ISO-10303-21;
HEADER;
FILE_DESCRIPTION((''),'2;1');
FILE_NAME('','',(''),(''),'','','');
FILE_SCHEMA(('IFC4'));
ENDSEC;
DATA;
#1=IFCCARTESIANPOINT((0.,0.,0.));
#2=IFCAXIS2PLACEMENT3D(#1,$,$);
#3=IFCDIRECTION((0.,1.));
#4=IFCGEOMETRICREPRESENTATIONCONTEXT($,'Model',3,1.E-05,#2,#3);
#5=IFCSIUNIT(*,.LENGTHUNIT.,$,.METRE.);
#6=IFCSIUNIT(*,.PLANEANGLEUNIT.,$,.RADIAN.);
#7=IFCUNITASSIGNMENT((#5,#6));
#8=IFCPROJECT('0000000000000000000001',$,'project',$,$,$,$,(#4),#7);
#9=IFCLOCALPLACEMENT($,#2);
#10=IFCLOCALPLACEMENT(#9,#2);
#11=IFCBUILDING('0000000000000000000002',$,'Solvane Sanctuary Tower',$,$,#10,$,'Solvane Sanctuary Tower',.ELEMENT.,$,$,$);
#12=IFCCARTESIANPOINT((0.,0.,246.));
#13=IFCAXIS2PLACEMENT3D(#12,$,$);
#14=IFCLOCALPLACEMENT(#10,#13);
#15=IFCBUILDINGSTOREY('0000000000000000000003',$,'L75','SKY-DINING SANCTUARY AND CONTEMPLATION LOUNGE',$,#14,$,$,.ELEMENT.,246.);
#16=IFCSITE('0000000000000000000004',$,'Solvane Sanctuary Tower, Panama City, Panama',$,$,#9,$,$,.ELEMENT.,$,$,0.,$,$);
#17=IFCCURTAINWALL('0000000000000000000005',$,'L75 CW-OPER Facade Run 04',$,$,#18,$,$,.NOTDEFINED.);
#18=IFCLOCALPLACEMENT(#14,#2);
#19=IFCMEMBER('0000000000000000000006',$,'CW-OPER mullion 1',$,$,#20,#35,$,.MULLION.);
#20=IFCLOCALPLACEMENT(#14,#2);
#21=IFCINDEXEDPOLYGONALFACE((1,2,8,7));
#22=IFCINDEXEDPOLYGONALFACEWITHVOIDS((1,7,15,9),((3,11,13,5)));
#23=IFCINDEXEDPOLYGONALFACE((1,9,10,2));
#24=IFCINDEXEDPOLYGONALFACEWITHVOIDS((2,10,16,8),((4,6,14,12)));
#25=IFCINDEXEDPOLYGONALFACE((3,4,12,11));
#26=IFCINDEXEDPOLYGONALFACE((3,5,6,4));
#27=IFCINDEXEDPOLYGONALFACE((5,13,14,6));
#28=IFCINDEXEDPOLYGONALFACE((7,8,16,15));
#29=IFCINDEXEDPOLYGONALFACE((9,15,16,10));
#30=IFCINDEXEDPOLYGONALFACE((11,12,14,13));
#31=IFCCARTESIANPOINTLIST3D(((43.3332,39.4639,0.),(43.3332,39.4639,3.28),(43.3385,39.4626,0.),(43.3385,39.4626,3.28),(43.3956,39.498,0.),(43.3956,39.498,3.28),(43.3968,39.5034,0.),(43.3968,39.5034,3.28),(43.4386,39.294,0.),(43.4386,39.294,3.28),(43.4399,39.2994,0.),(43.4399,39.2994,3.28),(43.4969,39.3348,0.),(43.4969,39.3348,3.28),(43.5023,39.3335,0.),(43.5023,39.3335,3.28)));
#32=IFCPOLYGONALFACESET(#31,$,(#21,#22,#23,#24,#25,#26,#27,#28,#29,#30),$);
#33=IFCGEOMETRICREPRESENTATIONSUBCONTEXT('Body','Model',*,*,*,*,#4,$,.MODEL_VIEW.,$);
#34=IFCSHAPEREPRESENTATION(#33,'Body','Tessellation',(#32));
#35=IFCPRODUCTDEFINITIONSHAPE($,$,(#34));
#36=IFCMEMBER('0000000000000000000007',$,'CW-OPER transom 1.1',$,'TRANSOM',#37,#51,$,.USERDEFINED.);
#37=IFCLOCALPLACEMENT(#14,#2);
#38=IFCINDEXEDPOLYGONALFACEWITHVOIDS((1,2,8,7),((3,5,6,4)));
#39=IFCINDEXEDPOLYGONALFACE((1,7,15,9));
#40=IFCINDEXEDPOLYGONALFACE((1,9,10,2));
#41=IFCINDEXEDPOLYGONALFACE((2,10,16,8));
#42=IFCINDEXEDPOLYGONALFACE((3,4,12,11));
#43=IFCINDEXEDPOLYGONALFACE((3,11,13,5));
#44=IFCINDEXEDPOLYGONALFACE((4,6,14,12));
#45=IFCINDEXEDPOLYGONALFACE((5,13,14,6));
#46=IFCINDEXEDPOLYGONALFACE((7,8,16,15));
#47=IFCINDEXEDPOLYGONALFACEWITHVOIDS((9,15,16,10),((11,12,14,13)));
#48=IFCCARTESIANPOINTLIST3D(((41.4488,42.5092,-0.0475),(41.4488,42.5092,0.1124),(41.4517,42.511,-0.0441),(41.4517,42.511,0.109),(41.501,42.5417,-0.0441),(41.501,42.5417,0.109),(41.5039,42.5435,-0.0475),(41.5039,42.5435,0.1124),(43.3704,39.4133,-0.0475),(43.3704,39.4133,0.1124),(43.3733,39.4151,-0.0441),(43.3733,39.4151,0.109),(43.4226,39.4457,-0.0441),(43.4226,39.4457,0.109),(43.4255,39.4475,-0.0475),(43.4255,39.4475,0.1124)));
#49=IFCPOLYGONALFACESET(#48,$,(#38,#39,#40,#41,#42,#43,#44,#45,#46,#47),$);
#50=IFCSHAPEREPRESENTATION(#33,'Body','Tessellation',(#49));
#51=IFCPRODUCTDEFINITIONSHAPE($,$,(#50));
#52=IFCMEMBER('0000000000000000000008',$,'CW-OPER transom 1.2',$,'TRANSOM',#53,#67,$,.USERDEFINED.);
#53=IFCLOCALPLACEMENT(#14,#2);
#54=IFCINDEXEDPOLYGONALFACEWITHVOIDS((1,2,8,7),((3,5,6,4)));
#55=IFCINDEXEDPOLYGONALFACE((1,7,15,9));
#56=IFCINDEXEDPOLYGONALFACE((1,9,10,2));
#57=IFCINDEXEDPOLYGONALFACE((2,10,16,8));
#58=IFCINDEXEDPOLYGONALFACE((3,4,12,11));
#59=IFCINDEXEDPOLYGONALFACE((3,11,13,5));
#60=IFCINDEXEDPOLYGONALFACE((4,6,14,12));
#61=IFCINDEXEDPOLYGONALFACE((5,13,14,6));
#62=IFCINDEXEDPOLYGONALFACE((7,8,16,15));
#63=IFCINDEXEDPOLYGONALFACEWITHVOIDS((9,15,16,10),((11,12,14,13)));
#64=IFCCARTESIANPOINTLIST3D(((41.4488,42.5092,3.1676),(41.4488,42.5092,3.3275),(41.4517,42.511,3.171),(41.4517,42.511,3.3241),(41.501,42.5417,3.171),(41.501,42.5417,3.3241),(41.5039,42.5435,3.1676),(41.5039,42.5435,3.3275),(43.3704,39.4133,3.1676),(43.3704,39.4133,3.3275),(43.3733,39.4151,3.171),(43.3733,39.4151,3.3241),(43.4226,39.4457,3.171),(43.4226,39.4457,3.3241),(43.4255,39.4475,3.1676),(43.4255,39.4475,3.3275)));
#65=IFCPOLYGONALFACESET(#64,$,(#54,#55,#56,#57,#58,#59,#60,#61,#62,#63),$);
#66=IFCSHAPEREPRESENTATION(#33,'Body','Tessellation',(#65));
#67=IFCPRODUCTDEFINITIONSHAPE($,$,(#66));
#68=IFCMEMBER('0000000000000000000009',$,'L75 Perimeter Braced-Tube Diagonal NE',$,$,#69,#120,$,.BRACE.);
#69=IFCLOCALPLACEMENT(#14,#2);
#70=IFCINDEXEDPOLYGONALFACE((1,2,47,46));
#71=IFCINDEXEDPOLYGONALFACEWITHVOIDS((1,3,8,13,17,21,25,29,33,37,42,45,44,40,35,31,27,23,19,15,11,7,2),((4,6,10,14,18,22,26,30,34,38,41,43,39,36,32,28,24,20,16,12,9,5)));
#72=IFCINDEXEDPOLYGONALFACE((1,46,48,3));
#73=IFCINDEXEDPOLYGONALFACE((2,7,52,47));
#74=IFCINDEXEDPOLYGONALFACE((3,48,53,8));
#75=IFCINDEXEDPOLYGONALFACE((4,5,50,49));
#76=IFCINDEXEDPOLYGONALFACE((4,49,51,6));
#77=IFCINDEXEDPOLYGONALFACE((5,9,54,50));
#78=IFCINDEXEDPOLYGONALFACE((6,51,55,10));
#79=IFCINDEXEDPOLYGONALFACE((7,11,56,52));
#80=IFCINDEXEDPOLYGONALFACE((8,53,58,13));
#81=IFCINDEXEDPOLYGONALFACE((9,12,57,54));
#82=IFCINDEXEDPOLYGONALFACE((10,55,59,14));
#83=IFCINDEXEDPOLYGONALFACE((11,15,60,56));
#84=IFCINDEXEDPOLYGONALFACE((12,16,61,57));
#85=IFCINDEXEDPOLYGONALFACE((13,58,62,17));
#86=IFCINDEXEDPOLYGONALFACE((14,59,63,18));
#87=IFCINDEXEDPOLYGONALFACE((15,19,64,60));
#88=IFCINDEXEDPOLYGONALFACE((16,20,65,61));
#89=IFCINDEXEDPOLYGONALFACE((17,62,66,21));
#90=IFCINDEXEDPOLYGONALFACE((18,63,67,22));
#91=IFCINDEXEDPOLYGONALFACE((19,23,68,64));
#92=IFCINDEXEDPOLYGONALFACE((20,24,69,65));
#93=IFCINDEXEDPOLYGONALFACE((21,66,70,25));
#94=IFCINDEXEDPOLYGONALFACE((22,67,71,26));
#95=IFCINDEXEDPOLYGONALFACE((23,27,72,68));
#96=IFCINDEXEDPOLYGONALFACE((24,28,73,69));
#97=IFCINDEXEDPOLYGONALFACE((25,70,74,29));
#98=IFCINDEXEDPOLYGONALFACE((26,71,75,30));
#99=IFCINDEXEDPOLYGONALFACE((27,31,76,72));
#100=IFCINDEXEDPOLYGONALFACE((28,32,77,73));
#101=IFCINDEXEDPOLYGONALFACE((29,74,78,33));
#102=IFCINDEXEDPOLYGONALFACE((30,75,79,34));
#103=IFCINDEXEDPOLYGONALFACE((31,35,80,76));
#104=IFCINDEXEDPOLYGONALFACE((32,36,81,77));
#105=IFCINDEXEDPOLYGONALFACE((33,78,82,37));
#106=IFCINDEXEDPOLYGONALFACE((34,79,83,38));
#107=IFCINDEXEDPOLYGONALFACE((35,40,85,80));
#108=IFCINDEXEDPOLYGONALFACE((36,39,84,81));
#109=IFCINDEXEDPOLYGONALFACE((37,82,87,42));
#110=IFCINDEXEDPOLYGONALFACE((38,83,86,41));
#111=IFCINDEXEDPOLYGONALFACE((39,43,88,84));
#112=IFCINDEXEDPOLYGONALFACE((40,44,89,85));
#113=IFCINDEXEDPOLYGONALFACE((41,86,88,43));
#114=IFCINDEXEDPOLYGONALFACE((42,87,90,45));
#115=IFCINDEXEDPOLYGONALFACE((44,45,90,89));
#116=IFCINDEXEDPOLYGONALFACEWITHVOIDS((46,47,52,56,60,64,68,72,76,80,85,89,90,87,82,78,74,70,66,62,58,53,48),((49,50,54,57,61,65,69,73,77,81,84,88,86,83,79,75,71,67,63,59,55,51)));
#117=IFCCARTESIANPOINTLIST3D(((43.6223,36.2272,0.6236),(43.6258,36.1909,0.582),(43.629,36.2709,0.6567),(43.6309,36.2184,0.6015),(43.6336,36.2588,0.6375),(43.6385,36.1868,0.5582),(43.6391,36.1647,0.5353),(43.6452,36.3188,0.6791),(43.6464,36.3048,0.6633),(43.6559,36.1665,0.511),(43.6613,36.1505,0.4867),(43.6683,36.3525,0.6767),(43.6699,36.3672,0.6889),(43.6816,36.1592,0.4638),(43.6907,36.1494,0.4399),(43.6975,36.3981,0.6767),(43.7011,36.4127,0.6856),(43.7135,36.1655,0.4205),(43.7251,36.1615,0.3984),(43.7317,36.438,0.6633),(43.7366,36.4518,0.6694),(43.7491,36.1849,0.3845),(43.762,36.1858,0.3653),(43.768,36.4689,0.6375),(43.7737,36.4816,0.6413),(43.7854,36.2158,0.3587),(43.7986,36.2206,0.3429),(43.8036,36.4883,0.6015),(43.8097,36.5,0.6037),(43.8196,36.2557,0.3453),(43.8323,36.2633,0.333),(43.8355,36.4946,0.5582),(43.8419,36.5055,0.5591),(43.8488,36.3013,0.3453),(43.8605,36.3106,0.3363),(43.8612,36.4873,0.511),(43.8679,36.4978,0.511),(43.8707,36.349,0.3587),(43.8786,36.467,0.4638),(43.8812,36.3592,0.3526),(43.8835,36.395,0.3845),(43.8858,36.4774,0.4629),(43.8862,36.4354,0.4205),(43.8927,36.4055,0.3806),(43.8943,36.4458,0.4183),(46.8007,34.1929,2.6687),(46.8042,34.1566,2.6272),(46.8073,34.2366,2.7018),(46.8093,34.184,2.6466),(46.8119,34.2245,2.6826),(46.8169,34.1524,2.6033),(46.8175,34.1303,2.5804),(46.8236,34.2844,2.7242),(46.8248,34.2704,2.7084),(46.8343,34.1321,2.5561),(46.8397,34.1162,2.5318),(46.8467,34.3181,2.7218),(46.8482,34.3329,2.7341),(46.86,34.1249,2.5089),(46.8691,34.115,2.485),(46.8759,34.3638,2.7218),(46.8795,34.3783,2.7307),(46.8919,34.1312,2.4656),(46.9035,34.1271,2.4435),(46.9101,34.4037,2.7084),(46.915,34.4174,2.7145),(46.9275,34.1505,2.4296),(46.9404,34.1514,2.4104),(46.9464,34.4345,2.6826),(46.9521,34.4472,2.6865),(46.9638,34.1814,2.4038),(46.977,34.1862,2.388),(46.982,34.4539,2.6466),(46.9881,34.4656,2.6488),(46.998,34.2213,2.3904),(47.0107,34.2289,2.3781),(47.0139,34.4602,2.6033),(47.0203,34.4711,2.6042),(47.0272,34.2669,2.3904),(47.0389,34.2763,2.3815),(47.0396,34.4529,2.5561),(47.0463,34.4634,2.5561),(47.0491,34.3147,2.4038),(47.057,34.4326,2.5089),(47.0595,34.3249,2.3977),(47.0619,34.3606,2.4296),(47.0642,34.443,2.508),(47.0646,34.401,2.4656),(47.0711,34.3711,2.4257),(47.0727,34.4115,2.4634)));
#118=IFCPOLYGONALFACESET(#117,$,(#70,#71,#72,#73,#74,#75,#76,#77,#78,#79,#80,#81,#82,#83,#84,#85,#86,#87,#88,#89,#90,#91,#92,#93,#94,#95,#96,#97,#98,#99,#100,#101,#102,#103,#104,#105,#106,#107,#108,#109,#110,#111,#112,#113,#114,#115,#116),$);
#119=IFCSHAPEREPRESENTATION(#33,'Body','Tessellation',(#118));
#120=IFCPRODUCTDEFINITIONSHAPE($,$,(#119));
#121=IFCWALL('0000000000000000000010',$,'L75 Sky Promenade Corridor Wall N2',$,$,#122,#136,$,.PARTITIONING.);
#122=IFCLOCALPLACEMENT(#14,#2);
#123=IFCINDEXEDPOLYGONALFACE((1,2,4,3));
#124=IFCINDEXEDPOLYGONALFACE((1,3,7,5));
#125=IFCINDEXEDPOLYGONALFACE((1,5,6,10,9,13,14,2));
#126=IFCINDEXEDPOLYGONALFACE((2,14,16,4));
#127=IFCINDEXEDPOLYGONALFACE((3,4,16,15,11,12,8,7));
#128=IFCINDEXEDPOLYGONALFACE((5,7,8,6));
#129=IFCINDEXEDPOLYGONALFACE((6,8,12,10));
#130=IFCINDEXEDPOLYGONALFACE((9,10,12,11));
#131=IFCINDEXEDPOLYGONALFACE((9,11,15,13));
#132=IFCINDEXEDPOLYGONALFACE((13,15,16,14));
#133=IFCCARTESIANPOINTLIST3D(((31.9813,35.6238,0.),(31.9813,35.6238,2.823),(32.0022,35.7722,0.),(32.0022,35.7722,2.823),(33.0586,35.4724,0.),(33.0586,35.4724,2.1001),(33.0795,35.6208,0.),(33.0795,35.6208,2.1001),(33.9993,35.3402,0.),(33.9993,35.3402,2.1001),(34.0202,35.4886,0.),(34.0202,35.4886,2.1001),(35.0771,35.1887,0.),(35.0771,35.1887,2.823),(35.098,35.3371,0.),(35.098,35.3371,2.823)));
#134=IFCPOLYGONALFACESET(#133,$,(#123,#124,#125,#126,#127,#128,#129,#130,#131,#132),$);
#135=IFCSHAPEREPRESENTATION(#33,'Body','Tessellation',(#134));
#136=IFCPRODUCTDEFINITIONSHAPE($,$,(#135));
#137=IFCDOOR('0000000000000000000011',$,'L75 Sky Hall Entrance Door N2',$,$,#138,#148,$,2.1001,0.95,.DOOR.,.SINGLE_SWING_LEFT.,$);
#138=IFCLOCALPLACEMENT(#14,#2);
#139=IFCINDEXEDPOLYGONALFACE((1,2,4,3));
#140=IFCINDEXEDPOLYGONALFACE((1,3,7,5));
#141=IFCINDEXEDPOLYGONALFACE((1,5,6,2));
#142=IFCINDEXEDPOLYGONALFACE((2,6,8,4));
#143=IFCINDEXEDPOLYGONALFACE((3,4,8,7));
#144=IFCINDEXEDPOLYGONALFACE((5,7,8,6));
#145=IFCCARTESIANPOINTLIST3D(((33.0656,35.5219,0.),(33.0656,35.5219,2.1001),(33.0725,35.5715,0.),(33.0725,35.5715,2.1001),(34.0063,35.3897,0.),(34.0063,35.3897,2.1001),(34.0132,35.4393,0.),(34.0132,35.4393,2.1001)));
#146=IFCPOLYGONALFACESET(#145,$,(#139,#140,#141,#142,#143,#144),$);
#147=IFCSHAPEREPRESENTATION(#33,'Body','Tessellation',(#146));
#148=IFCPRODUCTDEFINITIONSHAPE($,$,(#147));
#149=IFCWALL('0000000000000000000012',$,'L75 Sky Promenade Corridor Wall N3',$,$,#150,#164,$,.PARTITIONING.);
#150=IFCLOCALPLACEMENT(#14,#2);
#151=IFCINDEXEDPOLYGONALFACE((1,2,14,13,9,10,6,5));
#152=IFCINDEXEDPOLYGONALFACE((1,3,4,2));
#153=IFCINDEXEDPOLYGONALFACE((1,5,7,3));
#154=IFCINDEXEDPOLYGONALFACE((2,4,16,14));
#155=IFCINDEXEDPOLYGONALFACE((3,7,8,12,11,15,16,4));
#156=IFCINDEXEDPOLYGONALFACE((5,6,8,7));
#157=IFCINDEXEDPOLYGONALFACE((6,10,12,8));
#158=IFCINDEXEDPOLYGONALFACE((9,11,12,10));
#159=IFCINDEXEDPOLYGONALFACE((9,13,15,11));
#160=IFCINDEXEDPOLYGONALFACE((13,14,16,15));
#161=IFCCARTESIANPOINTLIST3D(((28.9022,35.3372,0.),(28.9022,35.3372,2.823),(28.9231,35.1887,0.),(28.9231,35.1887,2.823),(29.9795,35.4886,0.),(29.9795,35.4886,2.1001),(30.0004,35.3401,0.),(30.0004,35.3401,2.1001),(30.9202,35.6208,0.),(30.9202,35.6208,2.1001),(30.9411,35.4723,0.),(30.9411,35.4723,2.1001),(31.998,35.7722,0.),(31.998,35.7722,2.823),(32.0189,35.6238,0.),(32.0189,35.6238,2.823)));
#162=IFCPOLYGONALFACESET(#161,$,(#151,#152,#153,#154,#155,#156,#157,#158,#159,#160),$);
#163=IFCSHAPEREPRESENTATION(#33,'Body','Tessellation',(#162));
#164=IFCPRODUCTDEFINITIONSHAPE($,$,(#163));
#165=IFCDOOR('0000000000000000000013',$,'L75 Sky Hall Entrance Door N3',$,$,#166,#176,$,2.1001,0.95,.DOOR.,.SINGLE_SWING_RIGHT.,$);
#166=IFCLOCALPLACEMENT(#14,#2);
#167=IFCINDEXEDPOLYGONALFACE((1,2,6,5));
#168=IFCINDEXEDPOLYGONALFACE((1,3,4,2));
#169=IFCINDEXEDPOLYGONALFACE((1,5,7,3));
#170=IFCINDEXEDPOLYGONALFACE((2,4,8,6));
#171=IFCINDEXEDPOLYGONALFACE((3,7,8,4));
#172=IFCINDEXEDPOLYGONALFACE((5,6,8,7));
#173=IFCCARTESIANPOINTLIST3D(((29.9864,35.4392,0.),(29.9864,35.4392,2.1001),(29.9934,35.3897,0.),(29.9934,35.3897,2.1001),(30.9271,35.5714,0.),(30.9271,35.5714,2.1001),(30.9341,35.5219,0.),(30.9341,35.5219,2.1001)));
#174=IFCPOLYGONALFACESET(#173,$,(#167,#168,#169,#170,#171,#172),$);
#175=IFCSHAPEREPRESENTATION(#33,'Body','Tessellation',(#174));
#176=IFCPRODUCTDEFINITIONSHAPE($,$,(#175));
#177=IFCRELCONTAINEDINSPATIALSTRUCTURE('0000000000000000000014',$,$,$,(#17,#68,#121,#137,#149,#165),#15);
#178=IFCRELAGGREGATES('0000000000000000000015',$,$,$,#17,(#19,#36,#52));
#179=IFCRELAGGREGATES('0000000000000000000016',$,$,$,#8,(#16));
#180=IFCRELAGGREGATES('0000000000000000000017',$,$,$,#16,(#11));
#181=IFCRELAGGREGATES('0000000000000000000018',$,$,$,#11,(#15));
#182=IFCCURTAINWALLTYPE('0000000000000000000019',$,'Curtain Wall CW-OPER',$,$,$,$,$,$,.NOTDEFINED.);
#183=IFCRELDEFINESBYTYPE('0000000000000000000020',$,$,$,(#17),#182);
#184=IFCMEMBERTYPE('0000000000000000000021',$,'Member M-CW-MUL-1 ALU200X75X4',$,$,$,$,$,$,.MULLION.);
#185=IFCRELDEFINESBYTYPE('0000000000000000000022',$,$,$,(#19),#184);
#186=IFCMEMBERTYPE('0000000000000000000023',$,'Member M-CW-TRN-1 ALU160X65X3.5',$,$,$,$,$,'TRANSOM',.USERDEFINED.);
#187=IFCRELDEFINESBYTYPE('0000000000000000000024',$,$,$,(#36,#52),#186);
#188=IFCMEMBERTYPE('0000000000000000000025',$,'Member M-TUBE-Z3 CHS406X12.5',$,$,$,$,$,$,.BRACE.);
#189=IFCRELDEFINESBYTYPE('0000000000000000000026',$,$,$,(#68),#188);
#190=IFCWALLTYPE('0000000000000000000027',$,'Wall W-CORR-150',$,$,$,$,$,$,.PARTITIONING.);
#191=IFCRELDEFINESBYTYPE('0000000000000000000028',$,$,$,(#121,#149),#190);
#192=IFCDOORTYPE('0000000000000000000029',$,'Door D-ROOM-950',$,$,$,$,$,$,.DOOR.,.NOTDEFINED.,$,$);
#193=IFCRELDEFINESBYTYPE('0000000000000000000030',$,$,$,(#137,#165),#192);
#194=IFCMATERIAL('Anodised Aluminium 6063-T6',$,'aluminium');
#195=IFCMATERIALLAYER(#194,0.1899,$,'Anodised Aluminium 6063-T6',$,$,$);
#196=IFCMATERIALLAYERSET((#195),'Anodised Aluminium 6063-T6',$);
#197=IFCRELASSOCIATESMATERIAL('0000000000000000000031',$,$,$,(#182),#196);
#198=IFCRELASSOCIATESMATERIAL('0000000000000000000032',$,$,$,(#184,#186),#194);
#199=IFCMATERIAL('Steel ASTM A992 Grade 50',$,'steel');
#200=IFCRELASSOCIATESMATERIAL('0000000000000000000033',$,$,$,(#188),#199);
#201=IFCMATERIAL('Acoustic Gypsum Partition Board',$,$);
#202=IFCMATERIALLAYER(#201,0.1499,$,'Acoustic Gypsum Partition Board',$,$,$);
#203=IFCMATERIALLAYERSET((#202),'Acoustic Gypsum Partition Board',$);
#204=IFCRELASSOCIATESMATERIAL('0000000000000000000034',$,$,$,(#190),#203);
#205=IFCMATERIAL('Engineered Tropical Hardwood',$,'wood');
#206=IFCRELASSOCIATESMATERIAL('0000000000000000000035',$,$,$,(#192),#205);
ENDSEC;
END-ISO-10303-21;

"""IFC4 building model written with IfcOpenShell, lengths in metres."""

from ifc_helpers import new_model, si_unit, direction, frame, frame_2d, origin, origin_2d, place, context, subcontext, project, spatial, rectangle, hollow_rectangle, hollow_circle, extrude, material, layer, layer_set, material_profile, profile_set, type_object, element, fill, aggregate, save


model = new_model("IFC4")

# Units and contexts
model_context = context("Model", 3, precision=1e-05, world=origin(), true_north=direction((0.0, 1.0)))
body_context = subcontext(model_context, "Body", "Model", "MODEL_VIEW")
ifc_project = project(units=[si_unit("LENGTHUNIT", "METRE"), si_unit("PLANEANGLEUNIT", "RADIAN")], contexts=[model_context])

# Site, building, storey
site_placement = place(None, origin())
site = spatial("IfcSite", under=ifc_project, at=site_placement, Name="Solvane Sanctuary Tower, Panama City, Panama", CompositionType="ELEMENT", RefElevation=0.0)
building_placement = place(site_placement, origin())
building = spatial("IfcBuilding", under=site, at=building_placement, Name="Solvane Sanctuary Tower", LongName="Solvane Sanctuary Tower", CompositionType="ELEMENT")
storey_placement = place(building_placement, frame((0.0, 0.0, 246.0)))
storey = spatial("IfcBuildingStorey", under=building, at=storey_placement, Name="L75", Description="SKY-DINING SANCTUARY AND CONTEMPLATION LOUNGE", CompositionType="ELEMENT", Elevation=246.0)

# Shared definitions
ifc_material_1 = material(Name="Steel ASTM A992 Grade 50", Category="steel")

# Curtain wall, members
ifc_material_2 = material(Name="Anodised Aluminium 6063-T6", Category="aluminium")
ifc_layer_1 = layer(ifc_material_2, 0.1899, Name="Anodised Aluminium 6063-T6")
ifc_layer_set_1 = layer_set([ifc_layer_1], Name="Anodised Aluminium 6063-T6")
curtain_wall_type = type_object("IfcCurtainWallType", Name="Curtain Wall CW-OPER", PredefinedType="NOTDEFINED", material=ifc_layer_set_1)
curtain_wall_placement = place(storey_placement, origin())
curtain_wall = element("IfcCurtainWall", 1, at=curtain_wall_placement, inside=storey, type_object=curtain_wall_type, Name="L75 CW-OPER Facade Run 04", PredefinedType="NOTDEFINED")
ifc_material_profile_1 = material_profile(ifc_material_2, hollow_rectangle(XDim=0.075, YDim=0.2, WallThickness=0.0039, at=origin_2d()), Name="ALU200X75X4")
ifc_profile_set_1 = profile_set([ifc_material_profile_1], Name="Anodised Aluminium 6063-T6")
member_type_1 = type_object("IfcMemberType", Name="Member M-CW-MUL-1 ALU200X75X4", PredefinedType="MULLION", material=ifc_profile_set_1)
member_1_placement = place(storey_placement, frame((43.4177, 39.3987, 0.0), z_axis=(0.0, 0.0, 1.0), x_axis=(-0.849622, -0.527392, 0.0)))
member_1 = element("IfcMember", 2, at=member_1_placement, type_object=member_type_1, Name="CW-OPER mullion 1", PredefinedType="MULLION", context=body_context, shape_type="SweptSolid", body=[
    extrude(hollow_rectangle(XDim=0.075, YDim=0.2, WallThickness=0.0039, at=origin_2d()), origin(), (0.0, 0.0, 1.0), 3.28),
])
ifc_material_profile_2 = material_profile(ifc_material_2, hollow_rectangle(XDim=0.0649, YDim=0.1599, WallThickness=0.0034, at=origin_2d()), Name="ALU160X65X3.5")
ifc_profile_set_2 = profile_set([ifc_material_profile_2], Name="Anodised Aluminium 6063-T6")
member_type_2 = type_object("IfcMemberType", Name="Member M-CW-TRN-1 ALU160X65X3.5", ElementType="TRANSOM", PredefinedType="USERDEFINED", material=ifc_profile_set_2)
member_2_placement = place(storey_placement, frame((43.3979, 39.4304, 0.0325), z_axis=(-0.527365, 0.849639, 0.0), x_axis=(-0.849639, -0.527365, 0.0)))
member_2 = element("IfcMember", 3, at=member_2_placement, type_object=member_type_2, Name="CW-OPER transom 1.1", ObjectType="TRANSOM", PredefinedType="USERDEFINED", context=body_context, shape_type="SweptSolid", body=[
    extrude(hollow_rectangle(XDim=0.0649, YDim=0.1599, WallThickness=0.0034, at=origin_2d()), origin(), (0.0, 0.0, 1.0), 3.6438),
])
member_3_placement = place(storey_placement, frame((43.3979, 39.4304, 3.2476), z_axis=(-0.527365, 0.849639, 0.0), x_axis=(-0.849639, -0.527365, 0.0)))
member_3 = element("IfcMember", 4, at=member_3_placement, type_object=member_type_2, Name="CW-OPER transom 1.2", ObjectType="TRANSOM", PredefinedType="USERDEFINED", context=body_context, shape_type="SweptSolid", body=[
    extrude(hollow_rectangle(XDim=0.0649, YDim=0.1599, WallThickness=0.0034, at=origin_2d()), origin(), (0.0, 0.0, 1.0), 3.6438),
])
aggregate(curtain_wall, [member_1, member_2, member_3])

# Member
ifc_material_profile_3 = material_profile(ifc_material_1, hollow_circle(Radius=0.2029, WallThickness=0.0125, at=origin_2d()), Name="CHS406X12.5")
ifc_profile_set_3 = profile_set([ifc_material_profile_3], Name="Steel ASTM A992 Grade 50")
member_type_3 = type_object("IfcMemberType", Name="Member M-TUBE-Z3 CHS406X12.5", PredefinedType="BRACE", material=ifc_profile_set_3)
member_4_placement = place(storey_placement, frame((43.7585, 36.3269, 0.511), z_axis=(0.740496, -0.473965, 0.476468), x_axis=(0.539092, 0.842247, 0.0)))
element("IfcMember", 5, at=member_4_placement, inside=storey, type_object=member_type_3, Name="L75 Perimeter Braced-Tube Diagonal NE", PredefinedType="BRACE", context=body_context, shape_type="SweptSolid", body=[
    extrude(hollow_circle(Radius=0.2029, WallThickness=0.0125, at=origin_2d()), origin(), (0.0, 0.0, 1.0), 4.2922),
])

# Walls, openings, doors
ifc_material_3 = material(Name="Acoustic Gypsum Partition Board")
ifc_layer_2 = layer(ifc_material_3, 0.1499, Name="Acoustic Gypsum Partition Board")
ifc_layer_set_2 = layer_set([ifc_layer_2], Name="Acoustic Gypsum Partition Board")
wall_type_1 = type_object("IfcWallType", Name="Wall W-CORR-150", PredefinedType="PARTITIONING", material=ifc_layer_set_2)
wall_1_placement = place(storey_placement, frame((35.0874, 35.2629, 0.0), z_axis=(0.0, 0.0, 1.0), x_axis=(-0.990269, 0.139169, 0.0)))
wall_1 = element("IfcWall", 6, at=wall_1_placement, inside=storey, type_object=wall_type_1, Name="L75 Sky Promenade Corridor Wall N2", PredefinedType="PARTITIONING", context=body_context, shape_type="SweptSolid", body=[
    extrude(rectangle(XDim=3.1262, YDim=0.1499, at=frame_2d((1.563, 0.0))), origin(), (0.0, 0.0, 1.0), 2.823),
])
opening_1_placement = place(wall_1_placement, frame((1.0881, 0.0, 0.0)))
opening_1 = element("IfcOpeningElement", 7, at=opening_1_placement, cuts=wall_1, PredefinedType="OPENING", context=body_context, shape_type="SweptSolid", body=[
    extrude(rectangle(XDim=0.95, YDim=2.1001, at=frame_2d((0.4751, 1.05))), frame((0.0, 0.085, 0.0), z_axis=(0.0, -1.0, 0.0), x_axis=(1.0, 0.0, 0.0)), (0.0, 0.0, 1.0), 0.1699),
])
ifc_material_4 = material(Name="Engineered Tropical Hardwood", Category="wood")
door_type = type_object("IfcDoorType", Name="Door D-ROOM-950", OperationType="NOTDEFINED", PredefinedType="DOOR", material=ifc_material_4)
door_1_placement = place(opening_1_placement, origin())
door_1 = element("IfcDoor", 8, at=door_1_placement, inside=storey, type_object=door_type, Name="L75 Sky Hall Entrance Door N2", OperationType="SINGLE_SWING_LEFT", OverallHeight=2.1001, OverallWidth=0.95, PredefinedType="DOOR", context=body_context, shape_type="SweptSolid", body=[
    extrude(rectangle(XDim=0.95, YDim=2.1001, at=frame_2d((0.4751, 1.05))), frame((0.0, 0.0249, 0.0), z_axis=(0.0, -1.0, 0.0), x_axis=(1.0, 0.0, 0.0)), (0.0, 0.0, 1.0), 0.05),
])
fill(opening_1, door_1)
wall_2_placement = place(storey_placement, frame((32.0083, 35.698, 0.0), z_axis=(0.0, 0.0, 1.0), x_axis=(-0.990269, -0.139169, 0.0)))
wall_2 = element("IfcWall", 9, at=wall_2_placement, inside=storey, type_object=wall_type_1, Name="L75 Sky Promenade Corridor Wall N3", PredefinedType="PARTITIONING", context=body_context, shape_type="SweptSolid", body=[
    extrude(rectangle(XDim=3.1262, YDim=0.1499, at=frame_2d((1.563, 0.0))), origin(), (0.0, 0.0, 1.0), 2.823),
])
opening_2_placement = place(wall_2_placement, frame((1.0881, 0.0, 0.0)))
opening_2 = element("IfcOpeningElement", 10, at=opening_2_placement, cuts=wall_2, PredefinedType="OPENING", context=body_context, shape_type="SweptSolid", body=[
    extrude(rectangle(XDim=0.95, YDim=2.1001, at=frame_2d((0.4751, 1.05))), frame((0.0, 0.085, 0.0), z_axis=(0.0, -1.0, 0.0), x_axis=(1.0, 0.0, 0.0)), (0.0, 0.0, 1.0), 0.1699),
])
door_2_placement = place(opening_2_placement, origin())
door_2 = element("IfcDoor", 11, at=door_2_placement, inside=storey, type_object=door_type, Name="L75 Sky Hall Entrance Door N3", OperationType="SINGLE_SWING_RIGHT", OverallHeight=2.1001, OverallWidth=0.95, PredefinedType="DOOR", context=body_context, shape_type="SweptSolid", body=[
    extrude(rectangle(XDim=0.95, YDim=2.1001, at=frame_2d((0.4751, 1.05))), frame((0.0, 0.0249, 0.0), z_axis=(0.0, -1.0, 0.0), x_axis=(1.0, 0.0, 0.0)), (0.0, 0.0, 1.0), 0.05),
])
fill(opening_2, door_2)

save(model, "model.ifc")
